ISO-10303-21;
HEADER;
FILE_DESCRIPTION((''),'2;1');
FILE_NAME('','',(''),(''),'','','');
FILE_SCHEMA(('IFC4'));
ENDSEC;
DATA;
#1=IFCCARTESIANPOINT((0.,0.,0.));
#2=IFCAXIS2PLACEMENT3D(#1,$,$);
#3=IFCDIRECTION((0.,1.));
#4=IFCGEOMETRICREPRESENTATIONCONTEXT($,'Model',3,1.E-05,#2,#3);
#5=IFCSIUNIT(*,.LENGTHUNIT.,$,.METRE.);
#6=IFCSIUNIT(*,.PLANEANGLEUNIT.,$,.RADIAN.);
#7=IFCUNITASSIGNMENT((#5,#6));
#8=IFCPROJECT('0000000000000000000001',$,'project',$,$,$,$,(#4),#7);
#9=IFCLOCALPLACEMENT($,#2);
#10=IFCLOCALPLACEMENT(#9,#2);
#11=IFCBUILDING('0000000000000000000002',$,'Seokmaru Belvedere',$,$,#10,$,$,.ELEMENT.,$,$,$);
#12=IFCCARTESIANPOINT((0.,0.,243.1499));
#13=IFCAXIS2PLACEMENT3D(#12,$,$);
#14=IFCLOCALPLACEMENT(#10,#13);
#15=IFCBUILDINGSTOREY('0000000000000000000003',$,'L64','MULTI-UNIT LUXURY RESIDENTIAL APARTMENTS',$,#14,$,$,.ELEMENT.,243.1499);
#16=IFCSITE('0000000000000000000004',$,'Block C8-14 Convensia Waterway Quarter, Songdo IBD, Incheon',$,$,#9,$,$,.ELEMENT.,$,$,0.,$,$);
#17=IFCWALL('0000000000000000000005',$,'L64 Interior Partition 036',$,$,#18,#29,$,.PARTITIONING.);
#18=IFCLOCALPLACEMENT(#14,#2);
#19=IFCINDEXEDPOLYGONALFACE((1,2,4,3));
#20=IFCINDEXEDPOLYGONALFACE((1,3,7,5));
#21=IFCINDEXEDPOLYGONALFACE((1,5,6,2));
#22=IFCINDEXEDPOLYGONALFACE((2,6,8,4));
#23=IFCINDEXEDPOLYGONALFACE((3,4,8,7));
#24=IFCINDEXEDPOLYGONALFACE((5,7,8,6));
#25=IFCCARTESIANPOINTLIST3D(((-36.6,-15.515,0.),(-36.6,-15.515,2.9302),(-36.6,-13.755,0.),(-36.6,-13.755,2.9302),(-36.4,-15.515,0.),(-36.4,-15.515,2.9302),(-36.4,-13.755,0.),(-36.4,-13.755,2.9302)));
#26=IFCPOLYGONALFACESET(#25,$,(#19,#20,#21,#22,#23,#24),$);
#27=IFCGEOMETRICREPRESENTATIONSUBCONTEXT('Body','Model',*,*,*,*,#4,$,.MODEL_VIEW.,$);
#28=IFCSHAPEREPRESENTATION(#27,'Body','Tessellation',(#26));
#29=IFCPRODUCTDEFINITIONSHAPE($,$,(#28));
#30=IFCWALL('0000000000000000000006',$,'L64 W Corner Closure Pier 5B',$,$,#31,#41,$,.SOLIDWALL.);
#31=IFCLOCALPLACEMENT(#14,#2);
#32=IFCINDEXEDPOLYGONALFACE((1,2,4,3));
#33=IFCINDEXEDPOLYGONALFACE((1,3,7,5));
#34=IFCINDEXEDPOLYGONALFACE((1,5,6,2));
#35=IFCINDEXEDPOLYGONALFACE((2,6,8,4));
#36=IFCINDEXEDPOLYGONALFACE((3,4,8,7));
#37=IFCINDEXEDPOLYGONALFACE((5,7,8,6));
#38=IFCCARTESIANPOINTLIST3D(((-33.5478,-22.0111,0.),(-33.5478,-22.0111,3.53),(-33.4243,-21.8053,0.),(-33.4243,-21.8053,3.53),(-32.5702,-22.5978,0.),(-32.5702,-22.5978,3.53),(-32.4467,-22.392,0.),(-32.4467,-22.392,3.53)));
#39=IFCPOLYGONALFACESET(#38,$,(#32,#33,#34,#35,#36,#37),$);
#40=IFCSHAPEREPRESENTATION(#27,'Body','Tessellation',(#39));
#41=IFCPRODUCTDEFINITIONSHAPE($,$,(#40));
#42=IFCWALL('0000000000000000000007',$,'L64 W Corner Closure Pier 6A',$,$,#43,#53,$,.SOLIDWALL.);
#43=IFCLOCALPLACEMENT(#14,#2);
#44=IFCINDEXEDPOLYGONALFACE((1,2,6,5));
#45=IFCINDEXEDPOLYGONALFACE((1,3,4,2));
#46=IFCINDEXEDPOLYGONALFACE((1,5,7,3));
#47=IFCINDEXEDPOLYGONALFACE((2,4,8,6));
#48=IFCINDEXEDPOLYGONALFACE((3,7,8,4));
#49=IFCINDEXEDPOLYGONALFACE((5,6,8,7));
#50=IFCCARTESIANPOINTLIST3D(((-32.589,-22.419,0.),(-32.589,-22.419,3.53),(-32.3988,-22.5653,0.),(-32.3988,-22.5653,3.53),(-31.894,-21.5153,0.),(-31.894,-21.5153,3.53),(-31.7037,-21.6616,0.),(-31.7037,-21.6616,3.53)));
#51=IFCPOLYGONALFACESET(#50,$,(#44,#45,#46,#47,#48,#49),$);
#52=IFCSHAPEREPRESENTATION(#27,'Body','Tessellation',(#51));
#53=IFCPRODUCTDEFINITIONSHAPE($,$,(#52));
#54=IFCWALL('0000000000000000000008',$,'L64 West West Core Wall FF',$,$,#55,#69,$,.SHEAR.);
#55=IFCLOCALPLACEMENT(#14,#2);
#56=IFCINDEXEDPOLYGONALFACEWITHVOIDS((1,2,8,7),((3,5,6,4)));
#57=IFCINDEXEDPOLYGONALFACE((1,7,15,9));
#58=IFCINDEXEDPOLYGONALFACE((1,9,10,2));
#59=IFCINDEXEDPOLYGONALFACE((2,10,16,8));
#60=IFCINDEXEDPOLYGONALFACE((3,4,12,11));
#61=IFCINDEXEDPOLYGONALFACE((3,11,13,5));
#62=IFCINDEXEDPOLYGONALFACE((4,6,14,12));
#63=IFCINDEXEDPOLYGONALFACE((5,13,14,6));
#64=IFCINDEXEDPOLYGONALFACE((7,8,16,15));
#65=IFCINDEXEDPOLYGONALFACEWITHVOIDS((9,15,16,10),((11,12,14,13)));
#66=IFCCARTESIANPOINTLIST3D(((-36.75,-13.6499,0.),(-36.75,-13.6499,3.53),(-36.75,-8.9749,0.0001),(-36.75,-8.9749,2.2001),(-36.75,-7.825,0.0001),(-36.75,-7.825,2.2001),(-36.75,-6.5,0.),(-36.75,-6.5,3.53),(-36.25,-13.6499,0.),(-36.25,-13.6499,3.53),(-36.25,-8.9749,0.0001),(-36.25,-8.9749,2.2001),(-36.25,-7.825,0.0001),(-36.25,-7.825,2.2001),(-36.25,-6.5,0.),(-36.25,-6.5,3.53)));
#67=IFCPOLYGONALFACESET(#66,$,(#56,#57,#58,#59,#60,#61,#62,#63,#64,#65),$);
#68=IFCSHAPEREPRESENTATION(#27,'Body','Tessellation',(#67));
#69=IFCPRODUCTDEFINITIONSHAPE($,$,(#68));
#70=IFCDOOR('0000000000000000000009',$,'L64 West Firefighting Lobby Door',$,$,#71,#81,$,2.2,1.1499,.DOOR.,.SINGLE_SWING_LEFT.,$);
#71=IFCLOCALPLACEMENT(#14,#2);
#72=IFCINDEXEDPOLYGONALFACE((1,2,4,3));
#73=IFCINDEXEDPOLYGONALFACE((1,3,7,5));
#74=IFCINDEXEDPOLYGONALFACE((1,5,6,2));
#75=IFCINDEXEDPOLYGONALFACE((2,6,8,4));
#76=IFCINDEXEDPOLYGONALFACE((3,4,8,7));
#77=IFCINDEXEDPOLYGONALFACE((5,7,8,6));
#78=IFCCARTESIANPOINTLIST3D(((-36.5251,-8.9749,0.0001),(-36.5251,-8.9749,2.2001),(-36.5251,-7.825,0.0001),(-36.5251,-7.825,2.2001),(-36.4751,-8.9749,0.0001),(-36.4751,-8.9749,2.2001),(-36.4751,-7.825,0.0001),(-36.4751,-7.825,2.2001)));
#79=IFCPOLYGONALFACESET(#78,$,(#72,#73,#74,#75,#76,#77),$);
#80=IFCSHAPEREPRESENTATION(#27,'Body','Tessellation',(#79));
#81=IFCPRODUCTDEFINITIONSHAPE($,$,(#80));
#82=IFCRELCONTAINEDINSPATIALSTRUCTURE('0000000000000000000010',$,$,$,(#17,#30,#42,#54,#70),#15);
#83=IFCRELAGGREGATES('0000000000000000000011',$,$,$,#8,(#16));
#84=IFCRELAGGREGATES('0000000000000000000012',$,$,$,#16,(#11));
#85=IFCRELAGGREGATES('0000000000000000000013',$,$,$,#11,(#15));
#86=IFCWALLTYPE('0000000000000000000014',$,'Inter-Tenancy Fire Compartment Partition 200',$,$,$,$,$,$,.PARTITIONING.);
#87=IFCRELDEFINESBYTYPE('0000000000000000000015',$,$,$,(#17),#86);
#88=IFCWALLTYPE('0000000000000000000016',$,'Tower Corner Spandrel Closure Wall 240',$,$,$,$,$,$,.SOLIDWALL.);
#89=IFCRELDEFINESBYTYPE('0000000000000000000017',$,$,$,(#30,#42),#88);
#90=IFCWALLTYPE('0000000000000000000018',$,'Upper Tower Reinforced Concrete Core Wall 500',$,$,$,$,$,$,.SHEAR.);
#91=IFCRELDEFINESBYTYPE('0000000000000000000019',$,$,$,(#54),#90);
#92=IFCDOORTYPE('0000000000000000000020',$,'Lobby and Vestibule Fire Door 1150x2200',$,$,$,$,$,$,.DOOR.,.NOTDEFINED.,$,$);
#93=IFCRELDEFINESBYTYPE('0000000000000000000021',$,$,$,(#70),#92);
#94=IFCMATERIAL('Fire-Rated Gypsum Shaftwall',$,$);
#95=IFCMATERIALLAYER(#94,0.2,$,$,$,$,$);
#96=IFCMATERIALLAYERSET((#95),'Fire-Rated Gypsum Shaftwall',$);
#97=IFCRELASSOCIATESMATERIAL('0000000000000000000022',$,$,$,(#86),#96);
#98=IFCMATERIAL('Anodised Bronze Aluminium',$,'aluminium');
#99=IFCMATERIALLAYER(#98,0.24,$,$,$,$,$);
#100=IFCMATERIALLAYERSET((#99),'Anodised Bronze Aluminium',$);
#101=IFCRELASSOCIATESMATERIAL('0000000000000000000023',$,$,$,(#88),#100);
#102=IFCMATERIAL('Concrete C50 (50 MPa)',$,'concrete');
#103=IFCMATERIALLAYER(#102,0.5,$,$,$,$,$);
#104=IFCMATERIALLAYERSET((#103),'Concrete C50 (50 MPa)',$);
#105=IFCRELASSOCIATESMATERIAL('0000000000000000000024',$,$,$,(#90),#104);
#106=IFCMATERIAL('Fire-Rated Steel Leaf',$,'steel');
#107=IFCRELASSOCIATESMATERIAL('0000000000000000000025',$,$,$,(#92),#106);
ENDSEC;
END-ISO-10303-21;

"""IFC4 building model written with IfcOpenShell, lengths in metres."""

from ifc_helpers import new_model, si_unit, direction, frame, frame_2d, origin, place, context, subcontext, project, spatial, rectangle, extrude, source, transform, mapped, material, layer, layer_set, type_object, type_shapes, element, fill, save


model = new_model("IFC4")

# Units and contexts
model_context = context("Model", 3, precision=1e-05, world=origin(), true_north=direction((0.0, 1.0)))
body_context = subcontext(model_context, "Body", "Model", "MODEL_VIEW")
ifc_project = project(units=[si_unit("LENGTHUNIT", "METRE"), si_unit("PLANEANGLEUNIT", "RADIAN")], contexts=[model_context])

# Site, building, storey
site_placement = place(None, origin())
site = spatial("IfcSite", under=ifc_project, at=site_placement, Name="Block C8-14 Convensia Waterway Quarter, Songdo IBD, Incheon", CompositionType="ELEMENT", RefElevation=0.0)
building_placement = place(site_placement, origin())
building = spatial("IfcBuilding", under=site, at=building_placement, Name="Seokmaru Belvedere", CompositionType="ELEMENT")
storey_placement = place(building_placement, frame((0.0, 0.0, 243.1499)))
storey = spatial("IfcBuildingStorey", under=building, at=storey_placement, Name="L64", Description="MULTI-UNIT LUXURY RESIDENTIAL APARTMENTS", CompositionType="ELEMENT", Elevation=243.1499)

# Shared definitions
ifc_material_1 = material(Name="Anodised Bronze Aluminium", Category="aluminium")

# Shared definitions
ifc_material_2 = material(Name="Fire-Rated Gypsum Shaftwall")
ifc_layer_1 = layer(ifc_material_2, 0.2)
ifc_layer_set_1 = layer_set([ifc_layer_1], Name="Fire-Rated Gypsum Shaftwall")
wall_type_1 = type_object("IfcWallType", Name="Inter-Tenancy Fire Compartment Partition 200", PredefinedType="PARTITIONING", material=ifc_layer_set_1)

# Shared definitions
ifc_material_3 = material(Name="Fire-Rated Steel Leaf", Category="steel")

# Walls
wall_1_placement = place(storey_placement, frame((-36.5, -15.5149, 0.0), z_axis=(0.0, 0.0, 1.0), x_axis=(0.0, 1.0, 0.0)))
element("IfcWall", 1, at=wall_1_placement, inside=storey, type_object=wall_type_1, Name="L64 Interior Partition 036", PredefinedType="PARTITIONING", context=body_context, shape_type="SweptSolid", body=[
    extrude(rectangle(XDim=1.76, YDim=0.2, at=frame_2d((0.8799, 0.0))), origin(), (0.0, 0.0, 1.0), 2.9302),
])
ifc_layer_2 = layer(ifc_material_1, 0.24)
ifc_layer_set_2 = layer_set([ifc_layer_2], Name="Anodised Bronze Aluminium")
wall_type_2 = type_object("IfcWallType", Name="Tower Corner Spandrel Closure Wall 240", PredefinedType="SOLIDWALL", material=ifc_layer_set_2)
for number, where, z_axis, x_axis, name in (
    (2, (-33.4861, -21.9082, 0.0), (0.0, 0.0, 1.0), (0.857436, -0.51459, 0.0), "L64 W Corner Closure Pier 5B"),
    (3, (-32.4939, -22.4922, 0.0), (0.0, 0.0, 1.0), (0.609618, 0.792696, 0.0), "L64 W Corner Closure Pier 6A"),
):
    element("IfcWall", number, at=place(storey_placement, frame(where, z_axis=z_axis, x_axis=x_axis)), inside=storey, type_object=wall_type_2, Name=name, PredefinedType="SOLIDWALL", context=body_context, shape_type="SweptSolid", body=[
        extrude(rectangle(XDim=1.1401, YDim=0.24, at=frame_2d((0.5701, 0.0))), origin(), (0.0, 0.0, 1.0), 3.53),
    ])

# Wall, opening, door
ifc_material_4 = material(Name="Concrete C50 (50 MPa)", Category="concrete")
ifc_layer_3 = layer(ifc_material_4, 0.5)
ifc_layer_set_3 = layer_set([ifc_layer_3], Name="Concrete C50 (50 MPa)")
wall_type_3 = type_object("IfcWallType", Name="Upper Tower Reinforced Concrete Core Wall 500", PredefinedType="SHEAR", material=ifc_layer_set_3)
wall_2_placement = place(storey_placement, frame((-36.5, -13.6499, 0.0), z_axis=(0.0, 0.0, 1.0), x_axis=(0.0, 1.0, 0.0)))
wall_2 = element("IfcWall", 4, at=wall_2_placement, inside=storey, type_object=wall_type_3, Name="L64 West West Core Wall FF", PredefinedType="SHEAR", context=body_context, shape_type="SweptSolid", body=[
    extrude(rectangle(XDim=7.1499, YDim=0.5, at=frame_2d((3.575, 0.0))), origin(), (0.0, 0.0, 1.0), 3.53),
])
opening_1_placement = place(wall_2_placement, frame((4.675, 0.0, 0.0)))
opening_1 = element("IfcOpeningElement", 5, at=opening_1_placement, cuts=wall_2, PredefinedType="OPENING", context=body_context, shape_type="SweptSolid", body=[
    extrude(rectangle(XDim=1.1499, YDim=2.2, at=frame_2d((0.575, 1.1001))), frame((0.0, 0.26, 0.0), z_axis=(0.0, -1.0, 0.0), x_axis=(1.0, 0.0, 0.0)), (0.0, 0.0, 1.0), 0.52),
])
door_type_1 = type_object("IfcDoorType", Name="Lobby and Vestibule Fire Door 1150x2200", OperationType="NOTDEFINED", PredefinedType="DOOR", material=ifc_material_3)
shared_shape_1 = source(origin(), body_context, "Body", "SweptSolid", [
    extrude(rectangle(XDim=1.1499, YDim=2.2, at=frame_2d((0.575, 1.1001))), frame((0.0, 0.0249, 0.0), z_axis=(0.0, -1.0, 0.0), x_axis=(1.0, 0.0, 0.0)), (0.0, 0.0, 1.0), 0.05),
])
type_shapes(door_type_1, [shared_shape_1])
door_1_placement = place(opening_1_placement, frame((1.1499, 0.0, 0.0), z_axis=(0.0, 0.0, 1.0), x_axis=(-1.0, 0.0, 0.0)))
door_1 = element("IfcDoor", 6, at=door_1_placement, inside=storey, type_object=door_type_1, Name="L64 West Firefighting Lobby Door", OperationType="SINGLE_SWING_LEFT", OverallHeight=2.2, OverallWidth=1.1499, PredefinedType="DOOR", context=body_context, shape_type="MappedRepresentation", body=[
    mapped(shared_shape_1, transform((0.0, 0.0, 0.0), scale=1.0)),
])
fill(opening_1, door_1)

save(model, "model.ifc")
